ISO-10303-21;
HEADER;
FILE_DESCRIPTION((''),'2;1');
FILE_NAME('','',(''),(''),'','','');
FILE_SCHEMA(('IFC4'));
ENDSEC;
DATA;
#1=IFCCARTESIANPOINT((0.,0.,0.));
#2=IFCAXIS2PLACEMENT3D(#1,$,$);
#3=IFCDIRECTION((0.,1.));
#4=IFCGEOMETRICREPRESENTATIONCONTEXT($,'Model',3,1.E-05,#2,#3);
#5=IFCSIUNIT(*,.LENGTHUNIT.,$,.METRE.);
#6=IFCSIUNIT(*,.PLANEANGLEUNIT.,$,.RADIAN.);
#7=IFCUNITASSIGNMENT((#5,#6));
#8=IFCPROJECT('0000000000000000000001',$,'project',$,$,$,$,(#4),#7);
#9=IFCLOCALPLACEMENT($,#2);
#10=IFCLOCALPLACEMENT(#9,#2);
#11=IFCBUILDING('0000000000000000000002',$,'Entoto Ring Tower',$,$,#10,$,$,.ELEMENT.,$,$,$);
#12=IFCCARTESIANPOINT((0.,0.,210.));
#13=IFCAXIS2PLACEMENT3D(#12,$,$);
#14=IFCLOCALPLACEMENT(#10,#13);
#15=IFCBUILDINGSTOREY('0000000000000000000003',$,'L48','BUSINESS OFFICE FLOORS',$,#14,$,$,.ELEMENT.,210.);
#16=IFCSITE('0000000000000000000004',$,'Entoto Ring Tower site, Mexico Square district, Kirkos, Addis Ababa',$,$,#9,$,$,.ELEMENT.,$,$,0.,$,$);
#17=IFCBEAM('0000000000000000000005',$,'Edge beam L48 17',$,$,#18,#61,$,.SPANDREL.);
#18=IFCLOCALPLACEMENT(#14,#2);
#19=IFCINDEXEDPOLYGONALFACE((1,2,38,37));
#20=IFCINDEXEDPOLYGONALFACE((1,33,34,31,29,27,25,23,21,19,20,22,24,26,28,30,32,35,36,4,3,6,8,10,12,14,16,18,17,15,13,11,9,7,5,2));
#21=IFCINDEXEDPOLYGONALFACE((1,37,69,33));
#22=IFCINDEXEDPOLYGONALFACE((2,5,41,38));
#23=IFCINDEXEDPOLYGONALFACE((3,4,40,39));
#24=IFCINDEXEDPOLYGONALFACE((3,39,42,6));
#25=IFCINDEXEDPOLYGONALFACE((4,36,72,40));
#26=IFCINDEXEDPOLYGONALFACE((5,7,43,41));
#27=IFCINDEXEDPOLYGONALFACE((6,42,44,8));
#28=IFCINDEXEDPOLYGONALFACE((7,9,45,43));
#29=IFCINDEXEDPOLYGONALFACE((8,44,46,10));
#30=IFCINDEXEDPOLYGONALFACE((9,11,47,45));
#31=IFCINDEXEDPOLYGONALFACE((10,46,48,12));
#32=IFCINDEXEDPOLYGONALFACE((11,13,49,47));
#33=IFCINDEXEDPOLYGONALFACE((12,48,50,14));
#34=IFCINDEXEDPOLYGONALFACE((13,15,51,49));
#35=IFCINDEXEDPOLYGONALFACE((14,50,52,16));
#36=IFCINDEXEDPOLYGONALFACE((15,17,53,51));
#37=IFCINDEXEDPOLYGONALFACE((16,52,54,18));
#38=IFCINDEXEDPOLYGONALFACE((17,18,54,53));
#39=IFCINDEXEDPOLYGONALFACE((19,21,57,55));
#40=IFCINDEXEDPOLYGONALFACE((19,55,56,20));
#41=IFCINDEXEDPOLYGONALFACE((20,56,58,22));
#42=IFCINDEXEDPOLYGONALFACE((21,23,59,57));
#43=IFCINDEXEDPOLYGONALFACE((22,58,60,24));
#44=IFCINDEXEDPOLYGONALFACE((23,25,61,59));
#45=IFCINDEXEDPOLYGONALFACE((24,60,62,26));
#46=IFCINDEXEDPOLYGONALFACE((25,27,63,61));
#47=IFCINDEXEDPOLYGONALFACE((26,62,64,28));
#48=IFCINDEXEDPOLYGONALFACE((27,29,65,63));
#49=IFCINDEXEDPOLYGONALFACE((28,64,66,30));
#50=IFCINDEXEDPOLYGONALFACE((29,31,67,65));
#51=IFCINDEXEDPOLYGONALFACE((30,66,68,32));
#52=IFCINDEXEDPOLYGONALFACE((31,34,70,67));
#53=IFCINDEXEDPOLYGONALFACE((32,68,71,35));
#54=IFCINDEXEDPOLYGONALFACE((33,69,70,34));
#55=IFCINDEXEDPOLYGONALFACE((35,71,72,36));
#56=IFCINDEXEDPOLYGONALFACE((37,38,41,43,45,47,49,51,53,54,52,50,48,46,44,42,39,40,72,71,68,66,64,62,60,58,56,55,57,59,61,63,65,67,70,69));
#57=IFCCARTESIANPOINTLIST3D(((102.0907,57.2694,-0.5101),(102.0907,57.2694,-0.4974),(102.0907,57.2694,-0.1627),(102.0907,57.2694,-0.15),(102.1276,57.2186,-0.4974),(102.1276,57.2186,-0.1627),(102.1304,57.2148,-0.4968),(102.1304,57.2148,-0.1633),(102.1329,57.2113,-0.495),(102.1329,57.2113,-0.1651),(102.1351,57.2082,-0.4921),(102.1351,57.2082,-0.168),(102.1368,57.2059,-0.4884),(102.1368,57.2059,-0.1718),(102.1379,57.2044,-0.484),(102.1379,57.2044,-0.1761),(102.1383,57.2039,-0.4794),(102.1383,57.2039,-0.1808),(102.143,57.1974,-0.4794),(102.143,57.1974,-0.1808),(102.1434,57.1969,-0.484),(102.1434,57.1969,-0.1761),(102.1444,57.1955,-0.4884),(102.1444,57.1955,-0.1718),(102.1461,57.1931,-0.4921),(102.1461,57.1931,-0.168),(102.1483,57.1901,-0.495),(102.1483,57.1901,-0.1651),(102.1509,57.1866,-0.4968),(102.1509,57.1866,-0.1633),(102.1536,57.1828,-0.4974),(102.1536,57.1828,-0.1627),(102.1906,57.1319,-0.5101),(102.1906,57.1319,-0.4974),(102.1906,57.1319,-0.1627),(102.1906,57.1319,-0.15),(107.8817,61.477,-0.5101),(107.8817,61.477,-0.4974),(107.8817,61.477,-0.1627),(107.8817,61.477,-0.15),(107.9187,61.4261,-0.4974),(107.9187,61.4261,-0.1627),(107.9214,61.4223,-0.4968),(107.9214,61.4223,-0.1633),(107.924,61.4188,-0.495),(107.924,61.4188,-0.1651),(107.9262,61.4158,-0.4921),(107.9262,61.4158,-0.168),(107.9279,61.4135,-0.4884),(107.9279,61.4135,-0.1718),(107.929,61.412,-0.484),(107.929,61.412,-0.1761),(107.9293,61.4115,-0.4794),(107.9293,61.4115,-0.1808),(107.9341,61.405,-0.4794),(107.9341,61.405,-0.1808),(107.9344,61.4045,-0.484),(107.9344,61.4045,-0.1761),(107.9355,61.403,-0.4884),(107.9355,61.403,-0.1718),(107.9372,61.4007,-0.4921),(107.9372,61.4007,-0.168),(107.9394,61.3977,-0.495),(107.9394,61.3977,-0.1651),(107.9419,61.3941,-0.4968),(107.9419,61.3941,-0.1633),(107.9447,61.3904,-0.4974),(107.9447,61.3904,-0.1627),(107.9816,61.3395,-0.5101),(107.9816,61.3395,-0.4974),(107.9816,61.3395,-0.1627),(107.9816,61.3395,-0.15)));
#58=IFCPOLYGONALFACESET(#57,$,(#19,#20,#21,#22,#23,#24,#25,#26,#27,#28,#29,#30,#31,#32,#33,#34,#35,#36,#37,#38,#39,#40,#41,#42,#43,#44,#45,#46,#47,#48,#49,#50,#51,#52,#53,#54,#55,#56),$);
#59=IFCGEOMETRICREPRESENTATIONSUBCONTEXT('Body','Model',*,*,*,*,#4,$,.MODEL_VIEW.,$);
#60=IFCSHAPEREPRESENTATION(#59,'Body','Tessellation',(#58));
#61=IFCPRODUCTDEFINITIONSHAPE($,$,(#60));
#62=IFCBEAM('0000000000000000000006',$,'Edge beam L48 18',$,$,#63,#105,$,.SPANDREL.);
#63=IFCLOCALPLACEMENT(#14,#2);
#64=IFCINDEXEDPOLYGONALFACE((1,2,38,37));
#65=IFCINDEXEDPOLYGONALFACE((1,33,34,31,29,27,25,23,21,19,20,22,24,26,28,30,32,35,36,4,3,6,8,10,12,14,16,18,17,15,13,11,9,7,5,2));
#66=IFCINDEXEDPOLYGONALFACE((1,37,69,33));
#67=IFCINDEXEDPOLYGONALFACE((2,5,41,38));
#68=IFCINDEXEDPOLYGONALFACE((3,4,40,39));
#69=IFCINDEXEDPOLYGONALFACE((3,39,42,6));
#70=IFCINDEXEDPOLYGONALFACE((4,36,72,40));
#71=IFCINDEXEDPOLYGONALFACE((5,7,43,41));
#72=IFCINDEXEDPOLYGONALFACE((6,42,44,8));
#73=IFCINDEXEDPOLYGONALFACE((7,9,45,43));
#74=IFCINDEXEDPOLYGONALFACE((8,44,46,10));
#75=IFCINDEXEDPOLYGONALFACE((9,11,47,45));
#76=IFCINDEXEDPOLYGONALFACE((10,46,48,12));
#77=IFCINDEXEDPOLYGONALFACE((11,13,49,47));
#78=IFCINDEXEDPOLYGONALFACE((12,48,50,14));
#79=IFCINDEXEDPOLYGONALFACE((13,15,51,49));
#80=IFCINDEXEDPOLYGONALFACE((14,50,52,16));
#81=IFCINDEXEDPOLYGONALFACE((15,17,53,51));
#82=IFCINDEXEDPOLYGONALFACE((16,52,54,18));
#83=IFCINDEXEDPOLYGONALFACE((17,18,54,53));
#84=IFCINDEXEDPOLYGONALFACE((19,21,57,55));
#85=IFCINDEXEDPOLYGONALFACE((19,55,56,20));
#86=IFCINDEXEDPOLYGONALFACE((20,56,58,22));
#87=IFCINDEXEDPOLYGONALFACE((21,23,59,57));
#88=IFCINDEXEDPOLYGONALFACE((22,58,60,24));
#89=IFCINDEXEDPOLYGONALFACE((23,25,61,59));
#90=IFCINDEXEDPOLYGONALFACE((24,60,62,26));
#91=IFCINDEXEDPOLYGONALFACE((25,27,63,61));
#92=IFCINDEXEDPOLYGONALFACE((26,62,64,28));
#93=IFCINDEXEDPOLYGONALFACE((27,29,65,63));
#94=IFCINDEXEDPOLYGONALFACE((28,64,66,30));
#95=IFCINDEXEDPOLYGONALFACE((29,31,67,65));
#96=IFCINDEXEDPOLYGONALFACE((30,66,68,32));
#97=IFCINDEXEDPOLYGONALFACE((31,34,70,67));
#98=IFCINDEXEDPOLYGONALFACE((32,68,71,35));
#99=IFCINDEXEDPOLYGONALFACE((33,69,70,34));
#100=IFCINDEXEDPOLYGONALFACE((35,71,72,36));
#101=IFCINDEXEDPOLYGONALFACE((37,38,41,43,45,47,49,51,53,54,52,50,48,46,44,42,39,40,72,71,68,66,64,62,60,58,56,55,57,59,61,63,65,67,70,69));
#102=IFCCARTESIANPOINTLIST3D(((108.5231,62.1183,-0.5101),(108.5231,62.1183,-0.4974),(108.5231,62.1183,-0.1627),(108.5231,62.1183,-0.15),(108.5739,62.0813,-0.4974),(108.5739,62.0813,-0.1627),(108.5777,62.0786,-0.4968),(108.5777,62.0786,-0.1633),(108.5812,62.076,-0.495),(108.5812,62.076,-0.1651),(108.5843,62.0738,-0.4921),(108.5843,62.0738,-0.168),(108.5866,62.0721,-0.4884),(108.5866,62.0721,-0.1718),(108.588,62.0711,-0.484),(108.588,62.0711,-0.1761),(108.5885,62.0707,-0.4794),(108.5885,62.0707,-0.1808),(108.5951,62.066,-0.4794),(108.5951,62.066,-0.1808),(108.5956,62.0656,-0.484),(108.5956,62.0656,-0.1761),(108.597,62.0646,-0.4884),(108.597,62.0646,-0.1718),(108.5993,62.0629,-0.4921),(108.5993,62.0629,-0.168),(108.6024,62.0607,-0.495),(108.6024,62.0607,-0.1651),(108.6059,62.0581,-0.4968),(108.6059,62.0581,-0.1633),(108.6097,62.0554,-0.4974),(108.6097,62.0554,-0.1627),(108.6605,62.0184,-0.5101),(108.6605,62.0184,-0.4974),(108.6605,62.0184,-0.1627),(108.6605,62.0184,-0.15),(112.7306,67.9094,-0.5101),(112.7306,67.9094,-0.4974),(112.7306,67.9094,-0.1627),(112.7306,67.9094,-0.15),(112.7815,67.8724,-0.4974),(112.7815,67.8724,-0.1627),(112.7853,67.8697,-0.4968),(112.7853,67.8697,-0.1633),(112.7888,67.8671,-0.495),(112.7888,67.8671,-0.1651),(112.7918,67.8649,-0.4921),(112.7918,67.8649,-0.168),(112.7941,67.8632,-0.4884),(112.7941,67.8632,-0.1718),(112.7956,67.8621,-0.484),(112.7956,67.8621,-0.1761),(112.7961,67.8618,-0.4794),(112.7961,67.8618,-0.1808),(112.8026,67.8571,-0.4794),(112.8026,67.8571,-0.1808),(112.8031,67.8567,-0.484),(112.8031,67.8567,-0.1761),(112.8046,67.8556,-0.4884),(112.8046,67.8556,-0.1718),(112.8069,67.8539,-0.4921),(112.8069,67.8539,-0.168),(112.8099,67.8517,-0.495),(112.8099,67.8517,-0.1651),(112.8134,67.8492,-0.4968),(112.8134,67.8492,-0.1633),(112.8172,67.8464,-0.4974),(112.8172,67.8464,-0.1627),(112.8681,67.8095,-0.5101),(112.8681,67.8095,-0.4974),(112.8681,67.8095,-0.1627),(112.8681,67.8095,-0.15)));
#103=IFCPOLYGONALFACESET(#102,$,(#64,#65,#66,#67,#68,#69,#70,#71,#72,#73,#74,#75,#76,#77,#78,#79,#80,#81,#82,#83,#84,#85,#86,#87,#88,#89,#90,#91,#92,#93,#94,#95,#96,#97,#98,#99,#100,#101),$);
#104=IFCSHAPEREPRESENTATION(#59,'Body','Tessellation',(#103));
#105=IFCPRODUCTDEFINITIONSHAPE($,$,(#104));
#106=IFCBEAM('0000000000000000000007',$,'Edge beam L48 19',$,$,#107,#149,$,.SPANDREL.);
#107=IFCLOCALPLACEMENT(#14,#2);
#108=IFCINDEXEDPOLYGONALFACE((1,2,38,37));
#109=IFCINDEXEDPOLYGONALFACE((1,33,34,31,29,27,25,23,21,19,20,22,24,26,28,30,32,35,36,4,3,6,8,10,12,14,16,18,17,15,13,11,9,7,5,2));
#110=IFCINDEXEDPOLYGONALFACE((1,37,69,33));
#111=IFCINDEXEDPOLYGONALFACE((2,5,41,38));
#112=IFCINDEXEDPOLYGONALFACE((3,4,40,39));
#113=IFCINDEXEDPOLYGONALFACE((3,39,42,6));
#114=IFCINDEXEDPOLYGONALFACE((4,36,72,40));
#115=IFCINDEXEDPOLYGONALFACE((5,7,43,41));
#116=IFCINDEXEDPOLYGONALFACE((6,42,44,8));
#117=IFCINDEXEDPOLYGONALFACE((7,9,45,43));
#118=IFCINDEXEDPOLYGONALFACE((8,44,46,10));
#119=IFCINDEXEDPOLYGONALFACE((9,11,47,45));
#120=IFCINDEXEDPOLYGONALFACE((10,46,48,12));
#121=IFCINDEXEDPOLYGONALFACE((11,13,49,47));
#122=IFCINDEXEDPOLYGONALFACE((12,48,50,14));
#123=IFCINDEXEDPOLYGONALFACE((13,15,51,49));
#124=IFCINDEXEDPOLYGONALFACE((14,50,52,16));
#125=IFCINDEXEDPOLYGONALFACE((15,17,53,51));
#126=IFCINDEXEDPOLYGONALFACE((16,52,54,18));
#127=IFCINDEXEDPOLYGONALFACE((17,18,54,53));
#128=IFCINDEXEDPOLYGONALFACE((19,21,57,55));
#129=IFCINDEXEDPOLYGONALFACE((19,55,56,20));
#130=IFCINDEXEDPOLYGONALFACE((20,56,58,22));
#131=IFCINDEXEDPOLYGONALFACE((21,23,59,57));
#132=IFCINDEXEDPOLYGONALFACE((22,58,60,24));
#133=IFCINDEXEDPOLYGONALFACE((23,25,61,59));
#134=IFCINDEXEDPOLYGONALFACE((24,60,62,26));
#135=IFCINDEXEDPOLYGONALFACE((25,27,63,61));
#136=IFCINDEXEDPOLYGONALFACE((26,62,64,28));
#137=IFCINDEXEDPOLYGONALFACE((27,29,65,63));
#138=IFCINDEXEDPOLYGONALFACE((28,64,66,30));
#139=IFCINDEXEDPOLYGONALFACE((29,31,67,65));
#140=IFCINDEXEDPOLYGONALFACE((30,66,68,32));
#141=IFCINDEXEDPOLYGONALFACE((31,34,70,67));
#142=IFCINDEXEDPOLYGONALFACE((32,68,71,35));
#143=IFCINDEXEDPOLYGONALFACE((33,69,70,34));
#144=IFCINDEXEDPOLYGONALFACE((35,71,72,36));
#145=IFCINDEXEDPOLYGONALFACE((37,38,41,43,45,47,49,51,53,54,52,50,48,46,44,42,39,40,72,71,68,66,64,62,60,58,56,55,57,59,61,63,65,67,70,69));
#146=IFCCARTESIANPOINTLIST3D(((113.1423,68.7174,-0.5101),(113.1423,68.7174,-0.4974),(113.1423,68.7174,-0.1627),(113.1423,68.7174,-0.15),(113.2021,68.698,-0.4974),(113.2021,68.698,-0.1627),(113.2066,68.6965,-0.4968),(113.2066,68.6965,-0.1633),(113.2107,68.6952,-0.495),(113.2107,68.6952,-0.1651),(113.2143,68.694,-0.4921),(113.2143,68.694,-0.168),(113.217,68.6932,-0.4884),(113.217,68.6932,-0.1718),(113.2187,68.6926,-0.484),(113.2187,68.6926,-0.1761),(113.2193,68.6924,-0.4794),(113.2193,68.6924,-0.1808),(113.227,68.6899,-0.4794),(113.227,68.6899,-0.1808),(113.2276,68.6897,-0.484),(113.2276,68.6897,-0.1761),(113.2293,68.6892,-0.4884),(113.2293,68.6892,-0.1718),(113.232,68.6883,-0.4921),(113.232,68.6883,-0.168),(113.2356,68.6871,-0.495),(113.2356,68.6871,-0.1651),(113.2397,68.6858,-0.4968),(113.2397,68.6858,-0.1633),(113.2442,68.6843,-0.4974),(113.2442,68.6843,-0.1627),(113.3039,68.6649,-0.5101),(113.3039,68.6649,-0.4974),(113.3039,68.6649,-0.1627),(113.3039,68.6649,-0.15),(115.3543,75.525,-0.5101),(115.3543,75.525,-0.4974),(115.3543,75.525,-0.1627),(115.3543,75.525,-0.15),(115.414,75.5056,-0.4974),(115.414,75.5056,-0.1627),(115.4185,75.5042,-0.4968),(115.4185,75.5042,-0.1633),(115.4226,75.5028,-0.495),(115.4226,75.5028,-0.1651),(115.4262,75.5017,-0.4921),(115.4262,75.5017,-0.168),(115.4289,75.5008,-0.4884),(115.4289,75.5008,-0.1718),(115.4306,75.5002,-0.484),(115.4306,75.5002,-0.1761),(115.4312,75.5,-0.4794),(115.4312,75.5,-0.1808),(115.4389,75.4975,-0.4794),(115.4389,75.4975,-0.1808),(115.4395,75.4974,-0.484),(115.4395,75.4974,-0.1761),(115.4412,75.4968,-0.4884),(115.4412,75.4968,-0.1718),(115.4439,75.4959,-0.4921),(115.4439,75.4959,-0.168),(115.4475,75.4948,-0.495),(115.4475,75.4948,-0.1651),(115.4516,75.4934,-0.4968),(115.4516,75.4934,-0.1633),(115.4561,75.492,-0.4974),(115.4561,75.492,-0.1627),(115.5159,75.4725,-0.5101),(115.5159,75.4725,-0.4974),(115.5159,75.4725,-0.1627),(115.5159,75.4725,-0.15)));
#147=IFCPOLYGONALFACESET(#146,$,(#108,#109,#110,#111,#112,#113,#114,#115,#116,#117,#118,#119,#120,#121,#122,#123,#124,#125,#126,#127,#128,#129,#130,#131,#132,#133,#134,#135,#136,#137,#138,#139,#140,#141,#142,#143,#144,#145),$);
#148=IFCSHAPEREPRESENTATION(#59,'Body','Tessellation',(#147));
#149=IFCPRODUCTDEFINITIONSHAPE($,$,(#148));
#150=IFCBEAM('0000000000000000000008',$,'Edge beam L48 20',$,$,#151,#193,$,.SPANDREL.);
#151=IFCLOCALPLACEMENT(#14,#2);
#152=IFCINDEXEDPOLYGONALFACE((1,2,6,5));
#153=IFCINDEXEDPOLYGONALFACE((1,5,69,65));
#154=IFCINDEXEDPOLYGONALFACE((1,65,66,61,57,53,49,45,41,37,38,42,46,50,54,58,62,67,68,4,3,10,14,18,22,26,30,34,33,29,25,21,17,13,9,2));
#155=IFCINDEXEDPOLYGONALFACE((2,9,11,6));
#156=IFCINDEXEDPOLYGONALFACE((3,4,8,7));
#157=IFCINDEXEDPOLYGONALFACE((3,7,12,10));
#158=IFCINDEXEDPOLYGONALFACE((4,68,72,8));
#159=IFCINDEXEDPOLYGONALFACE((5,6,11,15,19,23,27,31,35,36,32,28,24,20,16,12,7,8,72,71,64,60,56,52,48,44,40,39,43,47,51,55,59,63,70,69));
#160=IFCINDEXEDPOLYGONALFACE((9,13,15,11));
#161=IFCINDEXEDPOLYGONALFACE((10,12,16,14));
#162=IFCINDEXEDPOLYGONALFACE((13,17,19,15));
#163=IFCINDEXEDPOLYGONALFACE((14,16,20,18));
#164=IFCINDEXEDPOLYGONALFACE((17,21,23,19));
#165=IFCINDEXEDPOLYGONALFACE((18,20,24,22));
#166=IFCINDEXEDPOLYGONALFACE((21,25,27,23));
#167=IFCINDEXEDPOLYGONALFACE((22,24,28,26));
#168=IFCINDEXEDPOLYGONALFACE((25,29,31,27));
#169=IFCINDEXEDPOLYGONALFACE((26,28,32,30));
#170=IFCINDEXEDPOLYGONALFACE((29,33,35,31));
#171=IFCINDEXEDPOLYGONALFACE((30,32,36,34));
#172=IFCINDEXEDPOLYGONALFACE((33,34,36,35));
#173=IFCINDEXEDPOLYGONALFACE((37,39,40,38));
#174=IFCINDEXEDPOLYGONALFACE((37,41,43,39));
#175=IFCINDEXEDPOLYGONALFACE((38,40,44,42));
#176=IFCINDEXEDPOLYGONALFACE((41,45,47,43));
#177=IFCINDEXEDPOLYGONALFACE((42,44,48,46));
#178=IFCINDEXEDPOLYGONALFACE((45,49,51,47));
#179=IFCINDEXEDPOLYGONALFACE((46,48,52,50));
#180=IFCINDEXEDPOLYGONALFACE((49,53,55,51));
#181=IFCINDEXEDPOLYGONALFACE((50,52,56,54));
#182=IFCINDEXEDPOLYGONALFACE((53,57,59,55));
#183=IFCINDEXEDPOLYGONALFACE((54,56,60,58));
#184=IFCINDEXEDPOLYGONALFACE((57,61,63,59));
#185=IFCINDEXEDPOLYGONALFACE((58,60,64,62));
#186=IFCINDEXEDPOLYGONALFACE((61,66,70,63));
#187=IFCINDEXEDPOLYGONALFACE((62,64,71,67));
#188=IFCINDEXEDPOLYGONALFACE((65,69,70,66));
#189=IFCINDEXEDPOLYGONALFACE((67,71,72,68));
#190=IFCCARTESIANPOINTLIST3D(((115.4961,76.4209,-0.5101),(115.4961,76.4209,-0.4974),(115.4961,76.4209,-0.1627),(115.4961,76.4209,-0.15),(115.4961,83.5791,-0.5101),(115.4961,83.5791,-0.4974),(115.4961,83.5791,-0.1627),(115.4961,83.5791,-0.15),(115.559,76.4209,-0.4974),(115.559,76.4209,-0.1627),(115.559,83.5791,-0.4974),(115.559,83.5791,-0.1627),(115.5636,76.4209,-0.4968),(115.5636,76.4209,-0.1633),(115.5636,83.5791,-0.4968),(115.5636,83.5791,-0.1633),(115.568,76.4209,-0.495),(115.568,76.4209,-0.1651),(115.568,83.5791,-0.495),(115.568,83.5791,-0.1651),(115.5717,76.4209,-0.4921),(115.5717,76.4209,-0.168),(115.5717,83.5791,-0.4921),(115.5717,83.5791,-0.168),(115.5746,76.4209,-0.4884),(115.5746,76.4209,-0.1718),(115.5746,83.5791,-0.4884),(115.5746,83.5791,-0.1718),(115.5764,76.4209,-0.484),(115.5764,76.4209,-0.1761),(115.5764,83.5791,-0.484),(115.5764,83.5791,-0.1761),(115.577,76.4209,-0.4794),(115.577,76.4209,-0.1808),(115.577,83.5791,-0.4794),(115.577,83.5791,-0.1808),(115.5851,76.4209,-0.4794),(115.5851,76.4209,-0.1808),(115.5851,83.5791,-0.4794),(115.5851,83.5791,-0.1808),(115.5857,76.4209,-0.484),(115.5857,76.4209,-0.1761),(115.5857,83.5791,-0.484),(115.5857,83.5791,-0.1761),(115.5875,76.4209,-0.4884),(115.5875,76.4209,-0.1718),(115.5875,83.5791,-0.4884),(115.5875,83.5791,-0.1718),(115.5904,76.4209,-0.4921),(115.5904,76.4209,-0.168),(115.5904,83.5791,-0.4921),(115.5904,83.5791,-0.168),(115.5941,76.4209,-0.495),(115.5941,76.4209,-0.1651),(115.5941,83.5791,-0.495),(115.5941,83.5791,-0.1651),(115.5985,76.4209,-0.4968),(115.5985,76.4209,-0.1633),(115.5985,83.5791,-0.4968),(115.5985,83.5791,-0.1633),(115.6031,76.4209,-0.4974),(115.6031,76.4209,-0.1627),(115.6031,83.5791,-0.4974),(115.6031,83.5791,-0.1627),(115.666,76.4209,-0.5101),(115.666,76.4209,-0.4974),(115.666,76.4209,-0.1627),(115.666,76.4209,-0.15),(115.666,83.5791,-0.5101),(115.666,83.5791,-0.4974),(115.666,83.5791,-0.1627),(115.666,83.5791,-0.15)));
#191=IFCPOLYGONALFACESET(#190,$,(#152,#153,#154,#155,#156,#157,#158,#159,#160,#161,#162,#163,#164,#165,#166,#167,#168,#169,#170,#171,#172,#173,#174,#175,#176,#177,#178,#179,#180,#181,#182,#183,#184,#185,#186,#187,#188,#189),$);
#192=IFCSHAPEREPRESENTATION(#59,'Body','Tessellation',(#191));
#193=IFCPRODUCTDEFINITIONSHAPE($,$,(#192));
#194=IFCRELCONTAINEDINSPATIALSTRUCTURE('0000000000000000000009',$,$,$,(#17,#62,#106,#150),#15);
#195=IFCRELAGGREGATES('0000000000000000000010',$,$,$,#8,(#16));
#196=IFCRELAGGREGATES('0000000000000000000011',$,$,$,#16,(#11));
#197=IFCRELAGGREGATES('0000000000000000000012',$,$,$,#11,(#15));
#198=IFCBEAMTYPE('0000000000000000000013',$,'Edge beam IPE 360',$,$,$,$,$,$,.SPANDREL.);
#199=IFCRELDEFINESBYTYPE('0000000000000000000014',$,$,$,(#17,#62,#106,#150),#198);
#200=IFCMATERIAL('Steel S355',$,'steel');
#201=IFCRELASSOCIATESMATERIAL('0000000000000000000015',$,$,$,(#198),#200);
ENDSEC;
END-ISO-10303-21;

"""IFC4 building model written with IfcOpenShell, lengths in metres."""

from ifc_helpers import new_model, si_unit, direction, frame, origin, origin_2d, place, context, subcontext, project, spatial, i_section, extrude, material, material_profile, profile_set, type_object, element, save


model = new_model("IFC4")

# Units and contexts
model_context = context("Model", 3, precision=1e-05, world=origin(), true_north=direction((0.0, 1.0)))
body_context = subcontext(model_context, "Body", "Model", "MODEL_VIEW")
ifc_project = project(units=[si_unit("LENGTHUNIT", "METRE"), si_unit("PLANEANGLEUNIT", "RADIAN")], contexts=[model_context])

# Site, building, storey
site_placement = place(None, origin())
site = spatial("IfcSite", under=ifc_project, at=site_placement, Name="Entoto Ring Tower site, Mexico Square district, Kirkos, Addis Ababa", CompositionType="ELEMENT", RefElevation=0.0)
building_placement = place(site_placement, origin())
building = spatial("IfcBuilding", under=site, at=building_placement, Name="Entoto Ring Tower", CompositionType="ELEMENT")
storey_placement = place(building_placement, frame((0.0, 0.0, 210.0)))
storey = spatial("IfcBuildingStorey", under=building, at=storey_placement, Name="L48", Description="BUSINESS OFFICE FLOORS", CompositionType="ELEMENT", Elevation=210.0)

# Beams
ifc_material_1 = material(Name="Steel S355", Category="steel")
ifc_material_profile_1 = material_profile(ifc_material_1, i_section(OverallWidth=0.1699, OverallDepth=0.3601, WebThickness=0.0081, FlangeThickness=0.0127, FilletRadius=0.0181, at=origin_2d()), Name="IPE 360")
ifc_profile_set_1 = profile_set([ifc_material_profile_1], Name="Steel S355")
beam_type_1 = type_object("IfcBeamType", Name="Edge beam IPE 360", PredefinedType="SPANDREL", material=ifc_profile_set_1)
for number, where, z_axis, x_axis, name in (
    (1, (102.1406, 57.2007, -0.3301), (0.80901, 0.587794, 0.0), (-0.587794, 0.80901, 0.0), "Edge beam L48 17"),
    (2, (108.5918, 62.0684, -0.3301), (0.587794, 0.80901, 0.0), (-0.80901, 0.587794, 0.0), "Edge beam L48 18"),
):
    element("IfcBeam", number, at=place(storey_placement, frame(where, z_axis=z_axis, x_axis=x_axis)), inside=storey, type_object=beam_type_1, Name=name, PredefinedType="SPANDREL", context=body_context, shape_type="SweptSolid", body=[
        extrude(i_section(OverallWidth=0.1699, OverallDepth=0.3601, WebThickness=0.0081, FlangeThickness=0.0127, FilletRadius=0.0181, at=origin_2d()), origin(), (0.0, 0.0, 1.0), 7.1582),
    ])
beam_1_placement = place(storey_placement, frame((113.2231, 68.6912, -0.3301), z_axis=(0.309015, 0.951057, 0.0), x_axis=(-0.951057, 0.309015, 0.0)))
element("IfcBeam", 3, at=beam_1_placement, inside=storey, type_object=beam_type_1, Name="Edge beam L48 19", PredefinedType="SPANDREL", context=body_context, shape_type="SweptSolid", body=[
    extrude(i_section(OverallWidth=0.1699, OverallDepth=0.3601, WebThickness=0.0081, FlangeThickness=0.0127, FilletRadius=0.0181, at=origin_2d()), origin(), (0.0, 0.0, 1.0), 7.158),
])
beam_2_placement = place(storey_placement, frame((115.5811, 76.4209, -0.3301), z_axis=(0.0, 1.0, 0.0), x_axis=(-1.0, 0.0, 0.0)))
element("IfcBeam", 4, at=beam_2_placement, inside=storey, type_object=beam_type_1, Name="Edge beam L48 20", PredefinedType="SPANDREL", context=body_context, shape_type="SweptSolid", body=[
    extrude(i_section(OverallWidth=0.1699, OverallDepth=0.3601, WebThickness=0.0081, FlangeThickness=0.0127, FilletRadius=0.0181, at=origin_2d()), origin(), (0.0, 0.0, 1.0), 7.1582),
])

save(model, "model.ifc")
